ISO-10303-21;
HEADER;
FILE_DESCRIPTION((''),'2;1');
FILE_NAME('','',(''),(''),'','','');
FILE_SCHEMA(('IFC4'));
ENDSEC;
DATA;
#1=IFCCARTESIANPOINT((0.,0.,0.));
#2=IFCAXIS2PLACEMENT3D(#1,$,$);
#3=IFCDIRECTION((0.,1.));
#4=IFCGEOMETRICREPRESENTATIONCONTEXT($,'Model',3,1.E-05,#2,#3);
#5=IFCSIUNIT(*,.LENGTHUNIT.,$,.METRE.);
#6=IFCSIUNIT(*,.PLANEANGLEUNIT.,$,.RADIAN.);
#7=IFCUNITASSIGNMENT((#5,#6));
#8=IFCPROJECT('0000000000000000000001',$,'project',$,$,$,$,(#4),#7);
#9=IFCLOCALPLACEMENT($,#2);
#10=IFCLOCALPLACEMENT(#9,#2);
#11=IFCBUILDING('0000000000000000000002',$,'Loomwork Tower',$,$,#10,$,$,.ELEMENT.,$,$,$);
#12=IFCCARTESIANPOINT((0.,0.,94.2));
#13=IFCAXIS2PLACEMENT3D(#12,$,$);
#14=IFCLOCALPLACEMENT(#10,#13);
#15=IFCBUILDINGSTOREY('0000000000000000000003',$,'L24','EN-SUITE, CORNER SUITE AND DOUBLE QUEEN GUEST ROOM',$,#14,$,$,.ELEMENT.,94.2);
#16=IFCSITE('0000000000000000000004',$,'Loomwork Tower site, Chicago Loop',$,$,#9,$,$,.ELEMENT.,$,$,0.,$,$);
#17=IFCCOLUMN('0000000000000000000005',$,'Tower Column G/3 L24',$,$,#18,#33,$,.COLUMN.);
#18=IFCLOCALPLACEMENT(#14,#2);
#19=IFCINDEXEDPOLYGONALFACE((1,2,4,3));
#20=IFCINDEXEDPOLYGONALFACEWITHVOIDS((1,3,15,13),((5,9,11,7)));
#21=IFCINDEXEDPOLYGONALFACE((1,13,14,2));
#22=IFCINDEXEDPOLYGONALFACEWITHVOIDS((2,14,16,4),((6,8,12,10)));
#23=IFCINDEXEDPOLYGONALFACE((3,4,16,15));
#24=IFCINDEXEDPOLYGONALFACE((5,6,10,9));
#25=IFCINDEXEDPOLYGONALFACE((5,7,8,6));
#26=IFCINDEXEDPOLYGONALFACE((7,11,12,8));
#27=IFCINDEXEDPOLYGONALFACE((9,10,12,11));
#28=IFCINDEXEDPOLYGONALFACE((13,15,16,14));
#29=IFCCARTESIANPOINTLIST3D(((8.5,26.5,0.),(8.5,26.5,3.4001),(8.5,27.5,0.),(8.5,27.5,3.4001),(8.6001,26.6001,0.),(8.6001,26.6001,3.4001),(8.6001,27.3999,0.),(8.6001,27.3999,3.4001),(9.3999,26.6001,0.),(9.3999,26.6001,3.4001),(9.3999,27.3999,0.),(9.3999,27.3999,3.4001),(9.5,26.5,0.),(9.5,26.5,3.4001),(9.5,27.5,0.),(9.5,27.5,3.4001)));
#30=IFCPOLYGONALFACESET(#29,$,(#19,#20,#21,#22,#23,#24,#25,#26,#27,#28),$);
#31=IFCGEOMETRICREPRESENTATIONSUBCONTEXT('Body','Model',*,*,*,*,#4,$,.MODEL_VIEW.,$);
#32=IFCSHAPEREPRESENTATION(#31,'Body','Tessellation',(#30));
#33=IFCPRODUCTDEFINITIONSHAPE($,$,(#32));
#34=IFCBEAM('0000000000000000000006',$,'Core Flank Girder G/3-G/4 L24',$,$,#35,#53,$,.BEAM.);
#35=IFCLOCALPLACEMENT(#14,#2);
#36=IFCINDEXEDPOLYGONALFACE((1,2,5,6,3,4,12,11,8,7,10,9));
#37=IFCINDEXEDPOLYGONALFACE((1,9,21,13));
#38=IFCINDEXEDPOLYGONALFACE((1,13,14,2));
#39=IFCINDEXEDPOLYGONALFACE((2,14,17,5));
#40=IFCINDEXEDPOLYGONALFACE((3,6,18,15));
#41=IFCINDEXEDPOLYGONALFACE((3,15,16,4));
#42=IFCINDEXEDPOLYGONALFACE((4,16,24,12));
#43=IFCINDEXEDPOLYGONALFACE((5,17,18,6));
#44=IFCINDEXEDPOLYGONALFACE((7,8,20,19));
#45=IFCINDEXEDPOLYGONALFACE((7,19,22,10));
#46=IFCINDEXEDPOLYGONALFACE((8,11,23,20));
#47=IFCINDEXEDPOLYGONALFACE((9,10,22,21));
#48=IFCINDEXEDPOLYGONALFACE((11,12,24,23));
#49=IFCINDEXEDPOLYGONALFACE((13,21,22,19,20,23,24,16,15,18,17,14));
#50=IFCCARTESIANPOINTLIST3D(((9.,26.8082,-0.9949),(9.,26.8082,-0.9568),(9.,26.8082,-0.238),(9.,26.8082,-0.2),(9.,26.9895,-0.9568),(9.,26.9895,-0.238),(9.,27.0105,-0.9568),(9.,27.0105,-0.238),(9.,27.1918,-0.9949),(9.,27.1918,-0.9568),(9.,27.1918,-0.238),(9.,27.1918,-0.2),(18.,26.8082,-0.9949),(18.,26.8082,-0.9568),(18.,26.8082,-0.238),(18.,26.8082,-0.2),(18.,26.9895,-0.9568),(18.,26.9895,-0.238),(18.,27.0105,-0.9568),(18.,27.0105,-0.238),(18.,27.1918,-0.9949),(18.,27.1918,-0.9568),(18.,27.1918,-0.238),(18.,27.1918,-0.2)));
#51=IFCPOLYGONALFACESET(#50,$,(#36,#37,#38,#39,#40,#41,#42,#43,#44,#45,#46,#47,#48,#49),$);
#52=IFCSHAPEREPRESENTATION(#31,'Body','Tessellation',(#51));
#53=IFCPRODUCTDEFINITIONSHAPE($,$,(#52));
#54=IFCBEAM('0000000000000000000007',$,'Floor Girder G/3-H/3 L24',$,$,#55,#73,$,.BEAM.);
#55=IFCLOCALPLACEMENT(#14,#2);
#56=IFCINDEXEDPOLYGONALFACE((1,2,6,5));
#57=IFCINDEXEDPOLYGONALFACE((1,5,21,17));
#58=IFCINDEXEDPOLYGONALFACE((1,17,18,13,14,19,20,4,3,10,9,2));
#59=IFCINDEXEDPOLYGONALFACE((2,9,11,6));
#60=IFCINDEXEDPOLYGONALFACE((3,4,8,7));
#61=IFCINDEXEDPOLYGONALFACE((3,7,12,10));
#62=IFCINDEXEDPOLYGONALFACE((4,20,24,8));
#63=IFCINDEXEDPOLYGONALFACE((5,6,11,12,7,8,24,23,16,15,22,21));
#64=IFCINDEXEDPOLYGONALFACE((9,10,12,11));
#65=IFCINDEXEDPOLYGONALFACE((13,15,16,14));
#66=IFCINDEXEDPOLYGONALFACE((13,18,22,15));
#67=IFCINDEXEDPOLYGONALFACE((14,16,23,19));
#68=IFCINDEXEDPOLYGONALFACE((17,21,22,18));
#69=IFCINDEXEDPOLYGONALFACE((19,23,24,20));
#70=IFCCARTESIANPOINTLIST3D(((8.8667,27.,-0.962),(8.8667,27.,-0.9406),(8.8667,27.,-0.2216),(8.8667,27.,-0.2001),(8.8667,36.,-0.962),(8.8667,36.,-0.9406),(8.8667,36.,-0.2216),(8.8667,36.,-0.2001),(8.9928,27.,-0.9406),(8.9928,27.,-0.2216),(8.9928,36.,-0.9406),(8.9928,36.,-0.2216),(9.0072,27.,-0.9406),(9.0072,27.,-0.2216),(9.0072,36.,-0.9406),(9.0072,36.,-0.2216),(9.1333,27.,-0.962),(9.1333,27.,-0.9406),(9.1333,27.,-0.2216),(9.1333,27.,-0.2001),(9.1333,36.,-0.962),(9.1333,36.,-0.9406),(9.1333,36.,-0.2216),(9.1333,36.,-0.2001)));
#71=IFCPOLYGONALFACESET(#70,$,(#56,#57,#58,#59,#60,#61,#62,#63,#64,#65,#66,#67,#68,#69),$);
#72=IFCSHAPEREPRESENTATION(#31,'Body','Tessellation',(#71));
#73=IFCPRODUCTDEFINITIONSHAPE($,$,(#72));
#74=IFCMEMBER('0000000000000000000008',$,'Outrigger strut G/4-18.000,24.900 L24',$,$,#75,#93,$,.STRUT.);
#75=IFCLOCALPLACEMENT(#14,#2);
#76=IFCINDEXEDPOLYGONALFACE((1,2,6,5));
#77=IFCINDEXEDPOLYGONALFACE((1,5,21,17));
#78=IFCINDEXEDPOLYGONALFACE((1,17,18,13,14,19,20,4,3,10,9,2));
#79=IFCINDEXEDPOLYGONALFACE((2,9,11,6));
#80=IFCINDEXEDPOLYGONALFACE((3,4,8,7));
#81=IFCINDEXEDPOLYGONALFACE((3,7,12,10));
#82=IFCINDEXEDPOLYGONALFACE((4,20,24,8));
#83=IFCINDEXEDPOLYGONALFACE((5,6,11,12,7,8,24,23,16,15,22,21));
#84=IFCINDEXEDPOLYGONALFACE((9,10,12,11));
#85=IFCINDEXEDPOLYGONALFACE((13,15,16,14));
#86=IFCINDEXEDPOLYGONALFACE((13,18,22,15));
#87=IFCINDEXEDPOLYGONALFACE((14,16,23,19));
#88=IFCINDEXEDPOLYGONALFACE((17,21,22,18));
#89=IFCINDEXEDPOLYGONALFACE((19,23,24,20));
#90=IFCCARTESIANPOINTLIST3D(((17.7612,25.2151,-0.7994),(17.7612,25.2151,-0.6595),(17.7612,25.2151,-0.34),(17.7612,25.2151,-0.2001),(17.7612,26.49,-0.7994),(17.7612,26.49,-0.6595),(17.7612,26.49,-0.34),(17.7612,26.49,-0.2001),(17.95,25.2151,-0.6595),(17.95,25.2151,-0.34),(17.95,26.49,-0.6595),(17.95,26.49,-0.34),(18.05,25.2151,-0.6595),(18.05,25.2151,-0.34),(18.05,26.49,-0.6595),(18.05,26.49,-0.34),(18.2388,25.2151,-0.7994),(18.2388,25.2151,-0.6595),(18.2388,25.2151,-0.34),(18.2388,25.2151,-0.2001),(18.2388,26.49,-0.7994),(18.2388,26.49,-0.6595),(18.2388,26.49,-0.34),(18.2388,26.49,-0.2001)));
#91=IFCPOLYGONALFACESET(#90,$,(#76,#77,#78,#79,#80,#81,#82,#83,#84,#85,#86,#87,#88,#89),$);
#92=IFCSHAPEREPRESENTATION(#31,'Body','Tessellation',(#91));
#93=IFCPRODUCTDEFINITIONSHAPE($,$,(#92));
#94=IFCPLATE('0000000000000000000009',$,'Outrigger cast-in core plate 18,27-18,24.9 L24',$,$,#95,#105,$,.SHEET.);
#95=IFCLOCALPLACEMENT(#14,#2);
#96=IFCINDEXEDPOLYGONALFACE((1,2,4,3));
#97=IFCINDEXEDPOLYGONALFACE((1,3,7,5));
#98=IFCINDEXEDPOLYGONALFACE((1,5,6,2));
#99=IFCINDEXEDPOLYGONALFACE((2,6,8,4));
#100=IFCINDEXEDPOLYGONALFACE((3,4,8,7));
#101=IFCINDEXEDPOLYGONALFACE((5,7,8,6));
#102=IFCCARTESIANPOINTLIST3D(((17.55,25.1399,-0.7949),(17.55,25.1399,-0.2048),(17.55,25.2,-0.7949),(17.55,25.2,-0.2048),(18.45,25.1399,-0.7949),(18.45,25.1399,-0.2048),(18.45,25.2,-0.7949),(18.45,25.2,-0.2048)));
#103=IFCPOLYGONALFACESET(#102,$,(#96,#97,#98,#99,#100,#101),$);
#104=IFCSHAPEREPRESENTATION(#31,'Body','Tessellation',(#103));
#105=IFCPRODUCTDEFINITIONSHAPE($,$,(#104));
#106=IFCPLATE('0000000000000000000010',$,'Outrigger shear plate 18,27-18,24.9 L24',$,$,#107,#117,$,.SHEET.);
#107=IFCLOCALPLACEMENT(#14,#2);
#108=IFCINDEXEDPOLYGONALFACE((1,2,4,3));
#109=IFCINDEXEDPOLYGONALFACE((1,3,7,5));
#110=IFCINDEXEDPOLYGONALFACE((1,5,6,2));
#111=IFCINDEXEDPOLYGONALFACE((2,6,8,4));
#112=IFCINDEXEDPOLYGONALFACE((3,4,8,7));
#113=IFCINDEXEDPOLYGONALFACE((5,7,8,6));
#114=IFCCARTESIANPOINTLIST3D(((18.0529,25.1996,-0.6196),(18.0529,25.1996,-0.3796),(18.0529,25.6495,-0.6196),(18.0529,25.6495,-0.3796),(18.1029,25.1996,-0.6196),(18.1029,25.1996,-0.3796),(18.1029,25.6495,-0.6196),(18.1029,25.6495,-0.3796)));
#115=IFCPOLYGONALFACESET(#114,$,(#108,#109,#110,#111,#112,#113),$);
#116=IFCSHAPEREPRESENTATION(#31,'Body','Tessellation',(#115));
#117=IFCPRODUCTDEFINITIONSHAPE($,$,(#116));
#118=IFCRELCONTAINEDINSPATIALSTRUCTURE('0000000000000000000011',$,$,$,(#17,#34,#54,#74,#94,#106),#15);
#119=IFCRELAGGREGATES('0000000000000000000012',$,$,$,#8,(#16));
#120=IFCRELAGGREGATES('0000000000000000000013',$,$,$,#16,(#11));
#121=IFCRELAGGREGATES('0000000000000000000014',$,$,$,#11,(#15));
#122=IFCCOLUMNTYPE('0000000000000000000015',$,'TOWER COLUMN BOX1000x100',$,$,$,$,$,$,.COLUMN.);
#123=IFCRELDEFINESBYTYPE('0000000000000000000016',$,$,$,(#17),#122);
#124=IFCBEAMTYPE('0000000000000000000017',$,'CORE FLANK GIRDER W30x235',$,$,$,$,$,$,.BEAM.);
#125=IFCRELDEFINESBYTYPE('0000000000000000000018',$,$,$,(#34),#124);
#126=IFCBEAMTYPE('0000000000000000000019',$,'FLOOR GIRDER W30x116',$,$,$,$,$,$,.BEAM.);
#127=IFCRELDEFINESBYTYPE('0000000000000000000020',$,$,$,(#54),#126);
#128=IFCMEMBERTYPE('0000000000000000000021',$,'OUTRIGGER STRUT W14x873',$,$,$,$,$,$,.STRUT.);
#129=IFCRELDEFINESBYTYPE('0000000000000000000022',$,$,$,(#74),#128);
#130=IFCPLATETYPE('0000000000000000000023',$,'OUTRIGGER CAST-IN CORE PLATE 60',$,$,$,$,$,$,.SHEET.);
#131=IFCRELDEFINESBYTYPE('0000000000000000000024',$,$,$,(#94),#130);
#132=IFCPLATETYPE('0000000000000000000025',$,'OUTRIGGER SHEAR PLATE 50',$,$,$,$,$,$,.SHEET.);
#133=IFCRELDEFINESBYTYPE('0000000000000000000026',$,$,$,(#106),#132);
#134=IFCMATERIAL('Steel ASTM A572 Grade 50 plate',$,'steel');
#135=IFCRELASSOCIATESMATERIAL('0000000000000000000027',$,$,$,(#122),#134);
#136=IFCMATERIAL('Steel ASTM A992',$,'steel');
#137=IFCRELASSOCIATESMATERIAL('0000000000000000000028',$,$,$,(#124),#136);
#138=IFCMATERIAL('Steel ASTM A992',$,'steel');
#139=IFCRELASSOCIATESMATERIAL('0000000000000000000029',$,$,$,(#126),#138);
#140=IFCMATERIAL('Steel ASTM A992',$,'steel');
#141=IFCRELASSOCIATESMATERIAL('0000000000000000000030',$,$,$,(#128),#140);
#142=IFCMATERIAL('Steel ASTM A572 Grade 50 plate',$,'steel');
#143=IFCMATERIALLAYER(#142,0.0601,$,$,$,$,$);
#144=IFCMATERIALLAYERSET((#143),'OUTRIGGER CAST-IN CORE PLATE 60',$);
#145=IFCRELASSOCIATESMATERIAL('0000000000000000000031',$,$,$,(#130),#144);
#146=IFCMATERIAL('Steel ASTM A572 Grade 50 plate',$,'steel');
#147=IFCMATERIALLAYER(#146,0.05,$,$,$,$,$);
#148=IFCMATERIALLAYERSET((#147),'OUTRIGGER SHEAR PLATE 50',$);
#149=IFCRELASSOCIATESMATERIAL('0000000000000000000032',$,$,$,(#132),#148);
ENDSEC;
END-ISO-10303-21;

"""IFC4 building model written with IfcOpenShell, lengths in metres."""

from ifc_helpers import new_model, si_unit, direction, frame, origin, origin_2d, place, context, subcontext, project, spatial, rectangle, hollow_rectangle, i_section, extrude, material, layer, layer_set, material_profile, profile_set, type_object, element, save


model = new_model("IFC4")

# Units and contexts
model_context = context("Model", 3, precision=1e-05, world=origin(), true_north=direction((0.0, 1.0)))
body_context = subcontext(model_context, "Body", "Model", "MODEL_VIEW")
ifc_project = project(units=[si_unit("LENGTHUNIT", "METRE"), si_unit("PLANEANGLEUNIT", "RADIAN")], contexts=[model_context])

# Site, building, storey
site_placement = place(None, origin())
site = spatial("IfcSite", under=ifc_project, at=site_placement, Name="Loomwork Tower site, Chicago Loop", CompositionType="ELEMENT", RefElevation=0.0)
building_placement = place(site_placement, origin())
building = spatial("IfcBuilding", under=site, at=building_placement, Name="Loomwork Tower", CompositionType="ELEMENT")
storey_placement = place(building_placement, frame((0.0, 0.0, 94.2)))
storey = spatial("IfcBuildingStorey", under=building, at=storey_placement, Name="L24", Description="EN-SUITE, CORNER SUITE AND DOUBLE QUEEN GUEST ROOM", CompositionType="ELEMENT", Elevation=94.2)

# Column
ifc_material_1 = material(Name="Steel ASTM A572 Grade 50 plate", Category="steel")
ifc_material_profile_1 = material_profile(ifc_material_1, hollow_rectangle(XDim=1.0, YDim=1.0, WallThickness=0.1001, at=origin_2d()), Name="BOX1000x100")
ifc_profile_set_1 = profile_set([ifc_material_profile_1], Name="Steel ASTM A572 Grade 50 plate")
column_type = type_object("IfcColumnType", Name="TOWER COLUMN BOX1000x100", PredefinedType="COLUMN", material=ifc_profile_set_1)
column_placement = place(storey_placement, frame((9.0, 27.0, 0.0), z_axis=(0.0, 0.0, 1.0), x_axis=(1.0, 0.0, 0.0)))
element("IfcColumn", 1, at=column_placement, inside=storey, type_object=column_type, Name="Tower Column G/3 L24", PredefinedType="COLUMN", context=body_context, shape_type="SweptSolid", body=[
    extrude(hollow_rectangle(XDim=1.0, YDim=1.0, WallThickness=0.1001, at=origin_2d()), origin(), (0.0, 0.0, 1.0), 3.4001),
])

# Beams
ifc_material_2 = material(Name="Steel ASTM A992", Category="steel")
ifc_material_profile_2 = material_profile(ifc_material_2, i_section(OverallWidth=0.3835, OverallDepth=0.7949, WebThickness=0.021, FlangeThickness=0.0381, at=origin_2d()), Name="W30x235")
ifc_profile_set_2 = profile_set([ifc_material_profile_2], Name="Steel ASTM A992")
beam_type_1 = type_object("IfcBeamType", Name="CORE FLANK GIRDER W30x235", PredefinedType="BEAM", material=ifc_profile_set_2)
beam_1_placement = place(storey_placement, frame((9.0, 27.0, -0.5974), z_axis=(1.0, 0.0, 0.0), x_axis=(0.0, 1.0, 0.0)))
element("IfcBeam", 2, at=beam_1_placement, inside=storey, type_object=beam_type_1, Name="Core Flank Girder G/3-G/4 L24", PredefinedType="BEAM", context=body_context, shape_type="SweptSolid", body=[
    extrude(i_section(OverallWidth=0.3835, OverallDepth=0.7949, WebThickness=0.021, FlangeThickness=0.0381, at=origin_2d()), origin(), (0.0, 0.0, 1.0), 9.0),
])
ifc_material_3 = material(Name="Steel ASTM A992", Category="steel")
ifc_material_profile_3 = material_profile(ifc_material_3, i_section(OverallWidth=0.2666, OverallDepth=0.762, WebThickness=0.0144, FlangeThickness=0.0215, at=origin_2d()), Name="W30x116")
ifc_profile_set_3 = profile_set([ifc_material_profile_3], Name="Steel ASTM A992")
beam_type_2 = type_object("IfcBeamType", Name="FLOOR GIRDER W30x116", PredefinedType="BEAM", material=ifc_profile_set_3)
beam_2_placement = place(storey_placement, frame((9.0, 27.0, -0.5811), z_axis=(0.0, 1.0, 0.0), x_axis=(-1.0, 0.0, 0.0)))
element("IfcBeam", 3, at=beam_2_placement, inside=storey, type_object=beam_type_2, Name="Floor Girder G/3-H/3 L24", PredefinedType="BEAM", context=body_context, shape_type="SweptSolid", body=[
    extrude(i_section(OverallWidth=0.2666, OverallDepth=0.762, WebThickness=0.0144, FlangeThickness=0.0215, at=origin_2d()), origin(), (0.0, 0.0, 1.0), 9.0),
])

# Member
ifc_material_4 = material(Name="Steel ASTM A992", Category="steel")
ifc_material_profile_4 = material_profile(ifc_material_4, i_section(OverallWidth=0.4775, OverallDepth=0.5994, WebThickness=0.1001, FlangeThickness=0.1399, at=origin_2d()), Name="W14x873")
ifc_profile_set_4 = profile_set([ifc_material_profile_4], Name="Steel ASTM A992")
member_type = type_object("IfcMemberType", Name="OUTRIGGER STRUT W14x873", PredefinedType="STRUT", material=ifc_profile_set_4)
member_placement = place(storey_placement, frame((18.0, 26.49, -0.4998), z_axis=(0.0, -1.0, 0.0), x_axis=(1.0, 0.0, 0.0)))
element("IfcMember", 4, at=member_placement, inside=storey, type_object=member_type, Name="Outrigger strut G/4-18.000,24.900 L24", PredefinedType="STRUT", context=body_context, shape_type="SweptSolid", body=[
    extrude(i_section(OverallWidth=0.4775, OverallDepth=0.5994, WebThickness=0.1001, FlangeThickness=0.1399, at=origin_2d()), origin(), (0.0, 0.0, 1.0), 1.2749),
])

# Plates
ifc_material_5 = material(Name="Steel ASTM A572 Grade 50 plate", Category="steel")
ifc_layer_1 = layer(ifc_material_5, 0.0601)
ifc_layer_set_1 = layer_set([ifc_layer_1], Name="OUTRIGGER CAST-IN CORE PLATE 60")
plate_type_1 = type_object("IfcPlateType", Name="OUTRIGGER CAST-IN CORE PLATE 60", PredefinedType="SHEET", material=ifc_layer_set_1)
plate_1_placement = place(storey_placement, frame((18.0, 25.1699, -0.7949), z_axis=(0.0, 0.0, 1.0), x_axis=(1.0, 0.0, 0.0)))
element("IfcPlate", 5, at=plate_1_placement, inside=storey, type_object=plate_type_1, Name="Outrigger cast-in core plate 18,27-18,24.9 L24", PredefinedType="SHEET", context=body_context, shape_type="SweptSolid", body=[
    extrude(rectangle(XDim=0.8999, YDim=0.0601, at=origin_2d()), origin(), (0.0, 0.0, 1.0), 0.5901),
])
ifc_material_6 = material(Name="Steel ASTM A572 Grade 50 plate", Category="steel")
ifc_layer_2 = layer(ifc_material_6, 0.05)
ifc_layer_set_2 = layer_set([ifc_layer_2], Name="OUTRIGGER SHEAR PLATE 50")
plate_type_2 = type_object("IfcPlateType", Name="OUTRIGGER SHEAR PLATE 50", PredefinedType="SHEET", material=ifc_layer_set_2)
plate_2_placement = place(storey_placement, frame((18.0779, 25.4246, -0.6196), z_axis=(0.0, 0.0, 1.0), x_axis=(0.0, 1.0, 0.0)))
element("IfcPlate", 6, at=plate_2_placement, inside=storey, type_object=plate_type_2, Name="Outrigger shear plate 18,27-18,24.9 L24", PredefinedType="SHEET", context=body_context, shape_type="SweptSolid", body=[
    extrude(rectangle(XDim=0.45, YDim=0.05, at=origin_2d()), origin(), (0.0, 0.0, 1.0), 0.24),
])

save(model, "model.ifc")
